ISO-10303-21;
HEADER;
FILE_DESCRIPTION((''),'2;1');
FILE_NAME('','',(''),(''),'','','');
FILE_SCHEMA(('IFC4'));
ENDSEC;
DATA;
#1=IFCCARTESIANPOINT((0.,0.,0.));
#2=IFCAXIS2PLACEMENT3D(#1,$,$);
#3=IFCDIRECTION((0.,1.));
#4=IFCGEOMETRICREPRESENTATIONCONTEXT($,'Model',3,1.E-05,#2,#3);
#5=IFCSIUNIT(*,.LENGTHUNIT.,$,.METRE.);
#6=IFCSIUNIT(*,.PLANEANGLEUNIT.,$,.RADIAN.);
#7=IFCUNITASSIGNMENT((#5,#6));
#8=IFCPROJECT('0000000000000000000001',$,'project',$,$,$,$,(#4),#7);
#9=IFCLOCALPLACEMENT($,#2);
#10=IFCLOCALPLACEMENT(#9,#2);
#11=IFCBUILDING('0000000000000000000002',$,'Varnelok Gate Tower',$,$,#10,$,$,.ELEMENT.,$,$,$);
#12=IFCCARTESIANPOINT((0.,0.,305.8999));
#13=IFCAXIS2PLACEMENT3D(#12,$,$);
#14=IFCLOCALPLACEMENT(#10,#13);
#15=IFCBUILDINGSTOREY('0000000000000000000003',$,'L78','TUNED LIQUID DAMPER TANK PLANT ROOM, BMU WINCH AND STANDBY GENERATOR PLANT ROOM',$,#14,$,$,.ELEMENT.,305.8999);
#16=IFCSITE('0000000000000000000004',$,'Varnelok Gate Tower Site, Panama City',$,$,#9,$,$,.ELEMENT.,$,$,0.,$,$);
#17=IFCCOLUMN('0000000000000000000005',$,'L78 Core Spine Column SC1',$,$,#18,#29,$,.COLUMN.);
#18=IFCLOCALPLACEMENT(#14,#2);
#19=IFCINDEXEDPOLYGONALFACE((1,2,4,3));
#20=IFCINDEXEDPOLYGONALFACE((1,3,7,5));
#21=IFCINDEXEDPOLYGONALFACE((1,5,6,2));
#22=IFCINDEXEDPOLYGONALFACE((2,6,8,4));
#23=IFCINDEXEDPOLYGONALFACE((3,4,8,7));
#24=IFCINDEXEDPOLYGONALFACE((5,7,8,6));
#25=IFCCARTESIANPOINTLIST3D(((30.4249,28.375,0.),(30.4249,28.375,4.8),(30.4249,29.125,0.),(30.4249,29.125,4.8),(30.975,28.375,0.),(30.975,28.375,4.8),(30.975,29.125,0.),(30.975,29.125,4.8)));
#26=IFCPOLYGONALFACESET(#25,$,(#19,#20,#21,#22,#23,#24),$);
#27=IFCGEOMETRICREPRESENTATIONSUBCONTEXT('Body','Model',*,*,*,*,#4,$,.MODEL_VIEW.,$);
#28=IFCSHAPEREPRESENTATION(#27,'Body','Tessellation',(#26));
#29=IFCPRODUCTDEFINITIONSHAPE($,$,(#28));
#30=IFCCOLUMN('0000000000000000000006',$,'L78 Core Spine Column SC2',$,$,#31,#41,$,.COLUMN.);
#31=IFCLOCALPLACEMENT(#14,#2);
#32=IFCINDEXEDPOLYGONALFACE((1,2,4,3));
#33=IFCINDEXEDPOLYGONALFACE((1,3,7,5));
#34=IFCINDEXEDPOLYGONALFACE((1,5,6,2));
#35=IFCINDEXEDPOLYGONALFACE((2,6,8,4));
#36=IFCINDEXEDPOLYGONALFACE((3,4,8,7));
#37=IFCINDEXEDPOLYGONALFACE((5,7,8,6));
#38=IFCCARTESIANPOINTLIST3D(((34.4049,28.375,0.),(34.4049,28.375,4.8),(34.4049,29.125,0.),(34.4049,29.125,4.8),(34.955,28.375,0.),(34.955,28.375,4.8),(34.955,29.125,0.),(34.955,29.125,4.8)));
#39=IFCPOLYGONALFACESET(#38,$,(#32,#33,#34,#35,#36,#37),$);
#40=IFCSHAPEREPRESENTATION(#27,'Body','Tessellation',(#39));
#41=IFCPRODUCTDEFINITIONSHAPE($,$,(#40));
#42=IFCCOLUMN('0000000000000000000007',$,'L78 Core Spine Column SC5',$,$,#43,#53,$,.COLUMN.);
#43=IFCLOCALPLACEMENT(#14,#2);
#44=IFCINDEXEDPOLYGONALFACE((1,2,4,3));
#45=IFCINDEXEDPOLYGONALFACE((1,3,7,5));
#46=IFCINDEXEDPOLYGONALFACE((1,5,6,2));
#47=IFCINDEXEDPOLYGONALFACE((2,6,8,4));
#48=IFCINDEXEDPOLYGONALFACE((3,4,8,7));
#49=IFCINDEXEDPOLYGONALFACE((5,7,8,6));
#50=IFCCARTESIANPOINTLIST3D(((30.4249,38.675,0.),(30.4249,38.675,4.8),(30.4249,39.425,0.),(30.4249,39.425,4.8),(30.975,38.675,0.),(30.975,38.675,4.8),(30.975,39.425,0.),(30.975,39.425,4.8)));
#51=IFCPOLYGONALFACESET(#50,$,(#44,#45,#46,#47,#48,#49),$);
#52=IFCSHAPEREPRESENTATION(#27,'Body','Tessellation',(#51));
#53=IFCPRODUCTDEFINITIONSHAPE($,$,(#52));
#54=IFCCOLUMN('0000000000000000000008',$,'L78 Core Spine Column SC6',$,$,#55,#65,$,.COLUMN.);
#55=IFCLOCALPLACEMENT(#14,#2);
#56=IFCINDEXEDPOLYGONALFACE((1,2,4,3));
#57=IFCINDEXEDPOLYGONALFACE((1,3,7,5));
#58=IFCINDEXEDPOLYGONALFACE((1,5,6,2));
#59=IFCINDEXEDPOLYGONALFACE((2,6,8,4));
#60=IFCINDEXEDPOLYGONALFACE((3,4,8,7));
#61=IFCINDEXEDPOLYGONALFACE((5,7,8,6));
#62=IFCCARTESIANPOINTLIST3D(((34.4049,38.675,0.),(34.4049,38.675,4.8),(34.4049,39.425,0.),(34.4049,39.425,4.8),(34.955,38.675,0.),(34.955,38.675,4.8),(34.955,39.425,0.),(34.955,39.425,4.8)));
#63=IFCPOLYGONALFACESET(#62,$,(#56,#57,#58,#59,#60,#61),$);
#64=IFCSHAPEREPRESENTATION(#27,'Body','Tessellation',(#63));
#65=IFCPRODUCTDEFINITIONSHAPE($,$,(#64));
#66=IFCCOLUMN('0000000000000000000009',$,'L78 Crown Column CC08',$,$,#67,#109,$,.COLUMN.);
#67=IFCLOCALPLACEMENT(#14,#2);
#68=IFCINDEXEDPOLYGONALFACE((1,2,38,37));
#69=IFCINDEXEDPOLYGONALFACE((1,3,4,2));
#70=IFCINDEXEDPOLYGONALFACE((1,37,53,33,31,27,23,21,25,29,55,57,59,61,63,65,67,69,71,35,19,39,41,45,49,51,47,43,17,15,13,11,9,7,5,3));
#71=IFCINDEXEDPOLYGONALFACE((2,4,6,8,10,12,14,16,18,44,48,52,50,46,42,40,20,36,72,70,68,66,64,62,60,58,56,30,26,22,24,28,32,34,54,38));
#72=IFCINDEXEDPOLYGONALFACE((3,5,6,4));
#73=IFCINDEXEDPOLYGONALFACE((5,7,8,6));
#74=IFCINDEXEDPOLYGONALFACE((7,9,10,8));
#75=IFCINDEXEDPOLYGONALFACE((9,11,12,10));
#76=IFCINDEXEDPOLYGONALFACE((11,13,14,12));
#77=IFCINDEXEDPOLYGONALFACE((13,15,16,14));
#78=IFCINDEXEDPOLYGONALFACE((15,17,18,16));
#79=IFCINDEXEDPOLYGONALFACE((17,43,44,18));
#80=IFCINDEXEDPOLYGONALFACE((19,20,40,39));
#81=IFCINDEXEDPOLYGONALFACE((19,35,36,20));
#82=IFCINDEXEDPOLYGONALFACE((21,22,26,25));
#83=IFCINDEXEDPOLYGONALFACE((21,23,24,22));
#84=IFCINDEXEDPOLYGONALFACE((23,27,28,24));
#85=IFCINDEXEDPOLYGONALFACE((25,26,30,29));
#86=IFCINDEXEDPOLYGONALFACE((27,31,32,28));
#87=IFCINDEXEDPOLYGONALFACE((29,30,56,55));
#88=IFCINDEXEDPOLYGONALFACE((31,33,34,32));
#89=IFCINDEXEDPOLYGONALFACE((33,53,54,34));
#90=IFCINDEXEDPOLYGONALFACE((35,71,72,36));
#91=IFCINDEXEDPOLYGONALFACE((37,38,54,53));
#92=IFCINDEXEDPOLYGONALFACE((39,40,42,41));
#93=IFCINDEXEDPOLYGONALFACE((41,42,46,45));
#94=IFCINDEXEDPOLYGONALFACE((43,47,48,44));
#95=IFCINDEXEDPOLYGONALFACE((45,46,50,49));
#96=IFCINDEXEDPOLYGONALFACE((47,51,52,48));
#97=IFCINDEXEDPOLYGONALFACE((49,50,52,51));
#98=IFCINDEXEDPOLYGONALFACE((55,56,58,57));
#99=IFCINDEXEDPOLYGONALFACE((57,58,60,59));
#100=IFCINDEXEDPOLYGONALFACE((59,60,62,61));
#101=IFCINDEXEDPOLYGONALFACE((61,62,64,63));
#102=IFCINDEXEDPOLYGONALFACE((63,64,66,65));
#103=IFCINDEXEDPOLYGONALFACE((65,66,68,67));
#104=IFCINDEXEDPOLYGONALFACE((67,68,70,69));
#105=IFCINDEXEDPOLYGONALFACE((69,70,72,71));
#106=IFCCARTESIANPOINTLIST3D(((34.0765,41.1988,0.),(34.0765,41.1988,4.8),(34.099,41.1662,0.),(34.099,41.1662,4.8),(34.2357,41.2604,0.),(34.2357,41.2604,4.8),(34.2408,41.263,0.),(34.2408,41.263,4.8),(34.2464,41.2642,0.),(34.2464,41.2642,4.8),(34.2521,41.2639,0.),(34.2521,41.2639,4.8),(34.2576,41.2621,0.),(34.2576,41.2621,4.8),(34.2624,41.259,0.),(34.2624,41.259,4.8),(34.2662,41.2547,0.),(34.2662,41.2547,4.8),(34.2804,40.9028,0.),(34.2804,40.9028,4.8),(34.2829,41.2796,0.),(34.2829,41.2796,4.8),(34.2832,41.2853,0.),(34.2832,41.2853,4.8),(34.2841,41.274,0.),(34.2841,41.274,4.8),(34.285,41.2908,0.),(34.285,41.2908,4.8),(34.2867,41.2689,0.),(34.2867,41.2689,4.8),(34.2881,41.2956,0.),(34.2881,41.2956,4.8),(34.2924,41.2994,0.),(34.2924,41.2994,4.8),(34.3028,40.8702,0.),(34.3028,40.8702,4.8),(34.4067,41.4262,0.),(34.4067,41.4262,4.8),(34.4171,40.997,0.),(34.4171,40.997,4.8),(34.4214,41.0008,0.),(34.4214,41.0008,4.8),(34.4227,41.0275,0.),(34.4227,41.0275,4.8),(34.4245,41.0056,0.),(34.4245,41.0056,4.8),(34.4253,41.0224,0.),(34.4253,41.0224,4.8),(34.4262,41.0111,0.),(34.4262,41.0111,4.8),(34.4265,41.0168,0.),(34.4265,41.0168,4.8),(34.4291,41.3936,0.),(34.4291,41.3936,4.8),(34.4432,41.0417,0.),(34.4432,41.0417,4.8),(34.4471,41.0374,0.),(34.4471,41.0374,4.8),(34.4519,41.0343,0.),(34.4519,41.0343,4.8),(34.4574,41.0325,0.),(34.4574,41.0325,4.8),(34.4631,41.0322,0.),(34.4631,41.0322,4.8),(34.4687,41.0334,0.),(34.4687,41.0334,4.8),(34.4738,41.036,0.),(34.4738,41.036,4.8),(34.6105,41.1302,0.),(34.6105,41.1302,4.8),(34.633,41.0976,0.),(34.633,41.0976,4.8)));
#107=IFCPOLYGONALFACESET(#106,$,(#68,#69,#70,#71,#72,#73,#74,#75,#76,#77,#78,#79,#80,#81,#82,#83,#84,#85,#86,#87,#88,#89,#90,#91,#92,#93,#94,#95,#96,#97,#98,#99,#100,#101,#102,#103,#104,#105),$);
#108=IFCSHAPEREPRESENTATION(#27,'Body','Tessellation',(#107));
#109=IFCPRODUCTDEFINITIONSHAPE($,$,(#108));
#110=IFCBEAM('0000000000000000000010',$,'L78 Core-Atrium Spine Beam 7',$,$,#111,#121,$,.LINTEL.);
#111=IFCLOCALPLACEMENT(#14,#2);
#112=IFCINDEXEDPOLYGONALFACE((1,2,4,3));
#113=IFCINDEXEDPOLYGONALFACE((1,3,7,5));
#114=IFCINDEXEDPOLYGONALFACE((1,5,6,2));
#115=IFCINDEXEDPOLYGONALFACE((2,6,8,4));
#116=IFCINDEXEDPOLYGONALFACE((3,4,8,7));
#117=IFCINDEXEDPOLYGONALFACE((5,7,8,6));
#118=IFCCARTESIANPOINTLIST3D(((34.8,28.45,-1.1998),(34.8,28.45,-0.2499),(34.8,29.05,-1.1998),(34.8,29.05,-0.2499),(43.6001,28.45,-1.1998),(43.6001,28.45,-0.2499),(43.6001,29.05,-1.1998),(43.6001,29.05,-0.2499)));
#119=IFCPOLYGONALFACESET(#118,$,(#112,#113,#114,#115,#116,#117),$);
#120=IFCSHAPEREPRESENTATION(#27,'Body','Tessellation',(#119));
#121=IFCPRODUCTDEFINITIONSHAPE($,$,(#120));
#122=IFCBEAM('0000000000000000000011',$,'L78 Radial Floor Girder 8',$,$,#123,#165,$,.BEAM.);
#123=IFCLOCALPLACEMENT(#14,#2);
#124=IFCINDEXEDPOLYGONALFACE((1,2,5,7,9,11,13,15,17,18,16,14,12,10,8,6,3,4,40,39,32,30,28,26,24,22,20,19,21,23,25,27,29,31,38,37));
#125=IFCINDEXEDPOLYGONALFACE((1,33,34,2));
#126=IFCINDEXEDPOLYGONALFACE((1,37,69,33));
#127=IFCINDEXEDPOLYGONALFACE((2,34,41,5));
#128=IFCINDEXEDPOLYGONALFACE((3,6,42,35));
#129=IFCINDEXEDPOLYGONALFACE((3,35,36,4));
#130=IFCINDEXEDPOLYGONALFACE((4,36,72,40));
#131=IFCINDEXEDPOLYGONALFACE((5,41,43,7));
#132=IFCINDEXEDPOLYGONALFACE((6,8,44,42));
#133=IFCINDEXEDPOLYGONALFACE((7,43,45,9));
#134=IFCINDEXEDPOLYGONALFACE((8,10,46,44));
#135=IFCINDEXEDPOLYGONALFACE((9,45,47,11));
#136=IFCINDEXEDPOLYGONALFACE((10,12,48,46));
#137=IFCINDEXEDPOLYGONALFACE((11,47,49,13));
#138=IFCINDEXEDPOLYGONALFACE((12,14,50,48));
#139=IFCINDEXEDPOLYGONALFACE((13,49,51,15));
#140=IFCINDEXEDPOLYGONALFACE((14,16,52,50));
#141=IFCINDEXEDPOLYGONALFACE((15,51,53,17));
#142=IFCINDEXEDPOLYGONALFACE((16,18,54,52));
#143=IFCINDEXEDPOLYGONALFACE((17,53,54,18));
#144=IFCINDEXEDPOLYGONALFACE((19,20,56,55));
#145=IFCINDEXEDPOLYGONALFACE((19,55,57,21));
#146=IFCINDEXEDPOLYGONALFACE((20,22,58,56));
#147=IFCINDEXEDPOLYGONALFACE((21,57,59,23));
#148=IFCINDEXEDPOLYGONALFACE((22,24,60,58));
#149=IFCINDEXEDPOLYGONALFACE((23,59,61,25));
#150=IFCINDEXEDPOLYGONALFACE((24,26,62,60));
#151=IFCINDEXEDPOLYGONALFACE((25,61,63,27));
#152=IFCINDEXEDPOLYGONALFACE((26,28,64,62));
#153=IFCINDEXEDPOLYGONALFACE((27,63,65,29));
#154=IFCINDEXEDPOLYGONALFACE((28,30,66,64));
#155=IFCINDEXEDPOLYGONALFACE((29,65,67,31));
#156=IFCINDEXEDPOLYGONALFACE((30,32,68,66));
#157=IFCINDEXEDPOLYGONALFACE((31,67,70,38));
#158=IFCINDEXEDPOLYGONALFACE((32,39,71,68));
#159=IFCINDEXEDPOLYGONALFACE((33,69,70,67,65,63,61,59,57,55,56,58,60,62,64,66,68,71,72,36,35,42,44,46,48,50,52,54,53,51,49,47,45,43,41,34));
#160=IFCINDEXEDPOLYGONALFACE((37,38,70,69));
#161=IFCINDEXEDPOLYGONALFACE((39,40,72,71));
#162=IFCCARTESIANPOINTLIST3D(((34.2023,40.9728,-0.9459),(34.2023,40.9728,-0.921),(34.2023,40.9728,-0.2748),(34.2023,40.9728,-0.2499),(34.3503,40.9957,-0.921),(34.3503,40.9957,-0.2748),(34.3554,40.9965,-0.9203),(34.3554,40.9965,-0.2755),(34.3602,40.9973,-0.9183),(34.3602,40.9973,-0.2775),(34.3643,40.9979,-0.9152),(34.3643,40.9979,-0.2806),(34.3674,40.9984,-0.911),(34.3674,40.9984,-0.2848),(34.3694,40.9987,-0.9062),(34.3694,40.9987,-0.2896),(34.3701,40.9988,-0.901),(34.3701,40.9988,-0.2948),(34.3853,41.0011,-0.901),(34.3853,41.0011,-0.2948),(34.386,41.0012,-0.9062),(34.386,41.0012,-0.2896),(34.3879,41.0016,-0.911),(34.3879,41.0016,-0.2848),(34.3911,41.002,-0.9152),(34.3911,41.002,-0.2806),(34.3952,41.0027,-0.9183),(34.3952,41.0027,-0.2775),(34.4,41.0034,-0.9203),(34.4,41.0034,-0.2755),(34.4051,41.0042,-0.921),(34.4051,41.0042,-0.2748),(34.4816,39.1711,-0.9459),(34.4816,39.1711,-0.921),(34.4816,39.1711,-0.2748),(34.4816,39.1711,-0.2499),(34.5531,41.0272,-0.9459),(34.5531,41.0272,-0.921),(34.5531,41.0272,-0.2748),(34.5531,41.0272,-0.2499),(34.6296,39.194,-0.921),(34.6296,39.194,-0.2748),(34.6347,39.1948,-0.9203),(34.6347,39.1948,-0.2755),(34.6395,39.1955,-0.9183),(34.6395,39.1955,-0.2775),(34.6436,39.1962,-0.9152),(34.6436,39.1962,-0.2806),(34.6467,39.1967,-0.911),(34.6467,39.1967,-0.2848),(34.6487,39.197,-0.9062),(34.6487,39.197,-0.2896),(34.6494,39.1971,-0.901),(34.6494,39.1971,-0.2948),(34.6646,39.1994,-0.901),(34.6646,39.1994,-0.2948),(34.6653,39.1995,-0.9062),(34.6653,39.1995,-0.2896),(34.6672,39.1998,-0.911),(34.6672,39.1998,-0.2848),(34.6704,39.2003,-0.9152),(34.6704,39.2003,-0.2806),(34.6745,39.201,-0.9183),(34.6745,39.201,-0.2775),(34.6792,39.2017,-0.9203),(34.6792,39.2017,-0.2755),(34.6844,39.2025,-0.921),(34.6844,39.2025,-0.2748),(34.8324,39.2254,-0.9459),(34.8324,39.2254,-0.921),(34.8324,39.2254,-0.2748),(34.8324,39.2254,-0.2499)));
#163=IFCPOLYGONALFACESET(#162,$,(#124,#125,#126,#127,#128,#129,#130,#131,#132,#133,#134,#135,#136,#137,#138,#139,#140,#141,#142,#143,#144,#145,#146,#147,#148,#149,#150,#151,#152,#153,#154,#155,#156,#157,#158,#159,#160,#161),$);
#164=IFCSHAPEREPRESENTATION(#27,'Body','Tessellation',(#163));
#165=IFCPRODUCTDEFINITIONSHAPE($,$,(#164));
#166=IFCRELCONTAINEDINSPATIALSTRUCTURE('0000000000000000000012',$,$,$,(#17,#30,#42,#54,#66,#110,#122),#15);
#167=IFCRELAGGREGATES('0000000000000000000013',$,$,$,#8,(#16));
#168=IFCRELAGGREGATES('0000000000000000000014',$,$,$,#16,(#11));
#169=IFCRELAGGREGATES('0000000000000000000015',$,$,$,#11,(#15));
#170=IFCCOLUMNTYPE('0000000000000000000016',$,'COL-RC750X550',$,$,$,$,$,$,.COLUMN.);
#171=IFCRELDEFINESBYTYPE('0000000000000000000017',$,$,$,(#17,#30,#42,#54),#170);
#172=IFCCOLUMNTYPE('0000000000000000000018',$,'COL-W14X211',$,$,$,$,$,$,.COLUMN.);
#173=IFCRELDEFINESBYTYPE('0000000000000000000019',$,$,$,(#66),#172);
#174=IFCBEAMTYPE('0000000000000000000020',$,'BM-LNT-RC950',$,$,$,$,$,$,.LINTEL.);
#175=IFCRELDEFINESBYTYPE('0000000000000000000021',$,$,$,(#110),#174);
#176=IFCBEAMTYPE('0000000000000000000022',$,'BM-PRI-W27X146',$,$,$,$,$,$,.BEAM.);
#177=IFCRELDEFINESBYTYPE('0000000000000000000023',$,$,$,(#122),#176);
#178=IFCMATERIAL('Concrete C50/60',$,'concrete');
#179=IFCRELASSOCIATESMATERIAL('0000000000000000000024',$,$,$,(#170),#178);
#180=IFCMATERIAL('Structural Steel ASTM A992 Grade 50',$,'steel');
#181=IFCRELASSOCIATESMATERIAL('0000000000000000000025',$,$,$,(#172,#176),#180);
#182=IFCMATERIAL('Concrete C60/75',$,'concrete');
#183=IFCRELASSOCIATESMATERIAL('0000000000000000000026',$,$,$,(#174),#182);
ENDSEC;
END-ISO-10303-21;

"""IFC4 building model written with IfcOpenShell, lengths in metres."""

from ifc_helpers import new_model, si_unit, direction, frame, origin, origin_2d, place, context, subcontext, project, spatial, rectangle, i_section, extrude, material, material_profile, profile_set, type_object, element, save


model = new_model("IFC4")

# Units and contexts
model_context = context("Model", 3, precision=1e-05, world=origin(), true_north=direction((0.0, 1.0)))
body_context = subcontext(model_context, "Body", "Model", "MODEL_VIEW")
ifc_project = project(units=[si_unit("LENGTHUNIT", "METRE"), si_unit("PLANEANGLEUNIT", "RADIAN")], contexts=[model_context])

# Site, building, storey
site_placement = place(None, origin())
site = spatial("IfcSite", under=ifc_project, at=site_placement, Name="Varnelok Gate Tower Site, Panama City", CompositionType="ELEMENT", RefElevation=0.0)
building_placement = place(site_placement, origin())
building = spatial("IfcBuilding", under=site, at=building_placement, Name="Varnelok Gate Tower", CompositionType="ELEMENT")
storey_placement = place(building_placement, frame((0.0, 0.0, 305.8999)))
storey = spatial("IfcBuildingStorey", under=building, at=storey_placement, Name="L78", Description="TUNED LIQUID DAMPER TANK PLANT ROOM, BMU WINCH AND STANDBY GENERATOR PLANT ROOM", CompositionType="ELEMENT", Elevation=305.8999)

# Columns
ifc_material_1 = material(Name="Concrete C50/60", Category="concrete")
ifc_material_profile_1 = material_profile(ifc_material_1, rectangle(XDim=0.55, YDim=0.75, at=origin_2d()), Name="RC750X550")
ifc_profile_set_1 = profile_set([ifc_material_profile_1], Name="Concrete C50/60")
column_type_1 = type_object("IfcColumnType", Name="COL-RC750X550", PredefinedType="COLUMN", material=ifc_profile_set_1)
for number, where, z_axis, x_axis, name in (
    (1, (30.7, 28.75, 0.0), (0.0, 0.0, 1.0), (1.0, 0.0, 0.0), "L78 Core Spine Column SC1"),
    (2, (34.6799, 28.75, 0.0), (0.0, 0.0, 1.0), (1.0, 0.0, 0.0), "L78 Core Spine Column SC2"),
    (3, (30.7, 39.05, 0.0), (0.0, 0.0, 1.0), (1.0, 0.0, 0.0), "L78 Core Spine Column SC5"),
    (4, (34.6799, 39.05, 0.0), (0.0, 0.0, 1.0), (1.0, 0.0, 0.0), "L78 Core Spine Column SC6"),
):
    element("IfcColumn", number, at=place(storey_placement, frame(where, z_axis=z_axis, x_axis=x_axis)), inside=storey, type_object=column_type_1, Name=name, PredefinedType="COLUMN", context=body_context, shape_type="SweptSolid", body=[
        extrude(rectangle(XDim=0.55, YDim=0.75, at=origin_2d()), origin(), (0.0, 0.0, 1.0), 4.8),
    ])
ifc_material_2 = material(Name="Structural Steel ASTM A992 Grade 50", Category="steel")
ifc_material_profile_2 = material_profile(ifc_material_2, i_section(OverallWidth=0.4009, OverallDepth=0.3989, WebThickness=0.0249, FlangeThickness=0.0396, FilletRadius=0.022, at=origin_2d()), Name="W14X211")
ifc_profile_set_2 = profile_set([ifc_material_profile_2], Name="Structural Steel ASTM A992 Grade 50")
column_type_2 = type_object("IfcColumnType", Name="COL-W14X211", PredefinedType="COLUMN", material=ifc_profile_set_2)
column_placement = place(storey_placement, frame((34.3547, 41.1482, 0.0), z_axis=(0.0, 0.0, 1.0), x_axis=(0.823533, 0.567269, 0.0)))
element("IfcColumn", 5, at=column_placement, inside=storey, type_object=column_type_2, Name="L78 Crown Column CC08", PredefinedType="COLUMN", context=body_context, shape_type="SweptSolid", body=[
    extrude(i_section(OverallWidth=0.4009, OverallDepth=0.3989, WebThickness=0.0249, FlangeThickness=0.0396, FilletRadius=0.022, at=origin_2d()), origin(), (0.0, 0.0, 1.0), 4.8),
])

# Beams
ifc_material_3 = material(Name="Concrete C60/75", Category="concrete")
ifc_material_profile_3 = material_profile(ifc_material_3, rectangle(XDim=0.6001, YDim=0.95, at=origin_2d()), Name="RC950X600")
ifc_profile_set_3 = profile_set([ifc_material_profile_3], Name="Concrete C60/75")
beam_type_1 = type_object("IfcBeamType", Name="BM-LNT-RC950", PredefinedType="LINTEL", material=ifc_profile_set_3)
beam_1_placement = place(storey_placement, frame((34.8, 28.75, -0.7249), z_axis=(1.0, 0.0, 0.0), x_axis=(0.0, 1.0, 0.0)))
element("IfcBeam", 6, at=beam_1_placement, inside=storey, type_object=beam_type_1, Name="L78 Core-Atrium Spine Beam 7", PredefinedType="LINTEL", context=body_context, shape_type="SweptSolid", body=[
    extrude(rectangle(XDim=0.6001, YDim=0.95, at=origin_2d()), origin(), (0.0, 0.0, 1.0), 8.8),
])
ifc_material_profile_4 = material_profile(ifc_material_2, i_section(OverallWidth=0.355, OverallDepth=0.696, WebThickness=0.0154, FlangeThickness=0.0249, FilletRadius=0.02, at=origin_2d()), Name="W27X146")
ifc_profile_set_4 = profile_set([ifc_material_profile_4], Name="Structural Steel ASTM A992 Grade 50")
beam_type_2 = type_object("IfcBeamType", Name="BM-PRI-W27X146", PredefinedType="BEAM", material=ifc_profile_set_4)
beam_2_placement = place(storey_placement, frame((34.657, 39.1982, -0.5979), z_axis=(-0.153184, 0.988198, 0.0), x_axis=(-0.988198, -0.153184, 0.0)))
element("IfcBeam", 7, at=beam_2_placement, inside=storey, type_object=beam_type_2, Name="L78 Radial Floor Girder 8", PredefinedType="BEAM", context=body_context, shape_type="SweptSolid", body=[
    extrude(i_section(OverallWidth=0.355, OverallDepth=0.696, WebThickness=0.0154, FlangeThickness=0.0249, FilletRadius=0.02, at=origin_2d()), origin(), (0.0, 0.0, 1.0), 1.8232),
])

save(model, "model.ifc")
